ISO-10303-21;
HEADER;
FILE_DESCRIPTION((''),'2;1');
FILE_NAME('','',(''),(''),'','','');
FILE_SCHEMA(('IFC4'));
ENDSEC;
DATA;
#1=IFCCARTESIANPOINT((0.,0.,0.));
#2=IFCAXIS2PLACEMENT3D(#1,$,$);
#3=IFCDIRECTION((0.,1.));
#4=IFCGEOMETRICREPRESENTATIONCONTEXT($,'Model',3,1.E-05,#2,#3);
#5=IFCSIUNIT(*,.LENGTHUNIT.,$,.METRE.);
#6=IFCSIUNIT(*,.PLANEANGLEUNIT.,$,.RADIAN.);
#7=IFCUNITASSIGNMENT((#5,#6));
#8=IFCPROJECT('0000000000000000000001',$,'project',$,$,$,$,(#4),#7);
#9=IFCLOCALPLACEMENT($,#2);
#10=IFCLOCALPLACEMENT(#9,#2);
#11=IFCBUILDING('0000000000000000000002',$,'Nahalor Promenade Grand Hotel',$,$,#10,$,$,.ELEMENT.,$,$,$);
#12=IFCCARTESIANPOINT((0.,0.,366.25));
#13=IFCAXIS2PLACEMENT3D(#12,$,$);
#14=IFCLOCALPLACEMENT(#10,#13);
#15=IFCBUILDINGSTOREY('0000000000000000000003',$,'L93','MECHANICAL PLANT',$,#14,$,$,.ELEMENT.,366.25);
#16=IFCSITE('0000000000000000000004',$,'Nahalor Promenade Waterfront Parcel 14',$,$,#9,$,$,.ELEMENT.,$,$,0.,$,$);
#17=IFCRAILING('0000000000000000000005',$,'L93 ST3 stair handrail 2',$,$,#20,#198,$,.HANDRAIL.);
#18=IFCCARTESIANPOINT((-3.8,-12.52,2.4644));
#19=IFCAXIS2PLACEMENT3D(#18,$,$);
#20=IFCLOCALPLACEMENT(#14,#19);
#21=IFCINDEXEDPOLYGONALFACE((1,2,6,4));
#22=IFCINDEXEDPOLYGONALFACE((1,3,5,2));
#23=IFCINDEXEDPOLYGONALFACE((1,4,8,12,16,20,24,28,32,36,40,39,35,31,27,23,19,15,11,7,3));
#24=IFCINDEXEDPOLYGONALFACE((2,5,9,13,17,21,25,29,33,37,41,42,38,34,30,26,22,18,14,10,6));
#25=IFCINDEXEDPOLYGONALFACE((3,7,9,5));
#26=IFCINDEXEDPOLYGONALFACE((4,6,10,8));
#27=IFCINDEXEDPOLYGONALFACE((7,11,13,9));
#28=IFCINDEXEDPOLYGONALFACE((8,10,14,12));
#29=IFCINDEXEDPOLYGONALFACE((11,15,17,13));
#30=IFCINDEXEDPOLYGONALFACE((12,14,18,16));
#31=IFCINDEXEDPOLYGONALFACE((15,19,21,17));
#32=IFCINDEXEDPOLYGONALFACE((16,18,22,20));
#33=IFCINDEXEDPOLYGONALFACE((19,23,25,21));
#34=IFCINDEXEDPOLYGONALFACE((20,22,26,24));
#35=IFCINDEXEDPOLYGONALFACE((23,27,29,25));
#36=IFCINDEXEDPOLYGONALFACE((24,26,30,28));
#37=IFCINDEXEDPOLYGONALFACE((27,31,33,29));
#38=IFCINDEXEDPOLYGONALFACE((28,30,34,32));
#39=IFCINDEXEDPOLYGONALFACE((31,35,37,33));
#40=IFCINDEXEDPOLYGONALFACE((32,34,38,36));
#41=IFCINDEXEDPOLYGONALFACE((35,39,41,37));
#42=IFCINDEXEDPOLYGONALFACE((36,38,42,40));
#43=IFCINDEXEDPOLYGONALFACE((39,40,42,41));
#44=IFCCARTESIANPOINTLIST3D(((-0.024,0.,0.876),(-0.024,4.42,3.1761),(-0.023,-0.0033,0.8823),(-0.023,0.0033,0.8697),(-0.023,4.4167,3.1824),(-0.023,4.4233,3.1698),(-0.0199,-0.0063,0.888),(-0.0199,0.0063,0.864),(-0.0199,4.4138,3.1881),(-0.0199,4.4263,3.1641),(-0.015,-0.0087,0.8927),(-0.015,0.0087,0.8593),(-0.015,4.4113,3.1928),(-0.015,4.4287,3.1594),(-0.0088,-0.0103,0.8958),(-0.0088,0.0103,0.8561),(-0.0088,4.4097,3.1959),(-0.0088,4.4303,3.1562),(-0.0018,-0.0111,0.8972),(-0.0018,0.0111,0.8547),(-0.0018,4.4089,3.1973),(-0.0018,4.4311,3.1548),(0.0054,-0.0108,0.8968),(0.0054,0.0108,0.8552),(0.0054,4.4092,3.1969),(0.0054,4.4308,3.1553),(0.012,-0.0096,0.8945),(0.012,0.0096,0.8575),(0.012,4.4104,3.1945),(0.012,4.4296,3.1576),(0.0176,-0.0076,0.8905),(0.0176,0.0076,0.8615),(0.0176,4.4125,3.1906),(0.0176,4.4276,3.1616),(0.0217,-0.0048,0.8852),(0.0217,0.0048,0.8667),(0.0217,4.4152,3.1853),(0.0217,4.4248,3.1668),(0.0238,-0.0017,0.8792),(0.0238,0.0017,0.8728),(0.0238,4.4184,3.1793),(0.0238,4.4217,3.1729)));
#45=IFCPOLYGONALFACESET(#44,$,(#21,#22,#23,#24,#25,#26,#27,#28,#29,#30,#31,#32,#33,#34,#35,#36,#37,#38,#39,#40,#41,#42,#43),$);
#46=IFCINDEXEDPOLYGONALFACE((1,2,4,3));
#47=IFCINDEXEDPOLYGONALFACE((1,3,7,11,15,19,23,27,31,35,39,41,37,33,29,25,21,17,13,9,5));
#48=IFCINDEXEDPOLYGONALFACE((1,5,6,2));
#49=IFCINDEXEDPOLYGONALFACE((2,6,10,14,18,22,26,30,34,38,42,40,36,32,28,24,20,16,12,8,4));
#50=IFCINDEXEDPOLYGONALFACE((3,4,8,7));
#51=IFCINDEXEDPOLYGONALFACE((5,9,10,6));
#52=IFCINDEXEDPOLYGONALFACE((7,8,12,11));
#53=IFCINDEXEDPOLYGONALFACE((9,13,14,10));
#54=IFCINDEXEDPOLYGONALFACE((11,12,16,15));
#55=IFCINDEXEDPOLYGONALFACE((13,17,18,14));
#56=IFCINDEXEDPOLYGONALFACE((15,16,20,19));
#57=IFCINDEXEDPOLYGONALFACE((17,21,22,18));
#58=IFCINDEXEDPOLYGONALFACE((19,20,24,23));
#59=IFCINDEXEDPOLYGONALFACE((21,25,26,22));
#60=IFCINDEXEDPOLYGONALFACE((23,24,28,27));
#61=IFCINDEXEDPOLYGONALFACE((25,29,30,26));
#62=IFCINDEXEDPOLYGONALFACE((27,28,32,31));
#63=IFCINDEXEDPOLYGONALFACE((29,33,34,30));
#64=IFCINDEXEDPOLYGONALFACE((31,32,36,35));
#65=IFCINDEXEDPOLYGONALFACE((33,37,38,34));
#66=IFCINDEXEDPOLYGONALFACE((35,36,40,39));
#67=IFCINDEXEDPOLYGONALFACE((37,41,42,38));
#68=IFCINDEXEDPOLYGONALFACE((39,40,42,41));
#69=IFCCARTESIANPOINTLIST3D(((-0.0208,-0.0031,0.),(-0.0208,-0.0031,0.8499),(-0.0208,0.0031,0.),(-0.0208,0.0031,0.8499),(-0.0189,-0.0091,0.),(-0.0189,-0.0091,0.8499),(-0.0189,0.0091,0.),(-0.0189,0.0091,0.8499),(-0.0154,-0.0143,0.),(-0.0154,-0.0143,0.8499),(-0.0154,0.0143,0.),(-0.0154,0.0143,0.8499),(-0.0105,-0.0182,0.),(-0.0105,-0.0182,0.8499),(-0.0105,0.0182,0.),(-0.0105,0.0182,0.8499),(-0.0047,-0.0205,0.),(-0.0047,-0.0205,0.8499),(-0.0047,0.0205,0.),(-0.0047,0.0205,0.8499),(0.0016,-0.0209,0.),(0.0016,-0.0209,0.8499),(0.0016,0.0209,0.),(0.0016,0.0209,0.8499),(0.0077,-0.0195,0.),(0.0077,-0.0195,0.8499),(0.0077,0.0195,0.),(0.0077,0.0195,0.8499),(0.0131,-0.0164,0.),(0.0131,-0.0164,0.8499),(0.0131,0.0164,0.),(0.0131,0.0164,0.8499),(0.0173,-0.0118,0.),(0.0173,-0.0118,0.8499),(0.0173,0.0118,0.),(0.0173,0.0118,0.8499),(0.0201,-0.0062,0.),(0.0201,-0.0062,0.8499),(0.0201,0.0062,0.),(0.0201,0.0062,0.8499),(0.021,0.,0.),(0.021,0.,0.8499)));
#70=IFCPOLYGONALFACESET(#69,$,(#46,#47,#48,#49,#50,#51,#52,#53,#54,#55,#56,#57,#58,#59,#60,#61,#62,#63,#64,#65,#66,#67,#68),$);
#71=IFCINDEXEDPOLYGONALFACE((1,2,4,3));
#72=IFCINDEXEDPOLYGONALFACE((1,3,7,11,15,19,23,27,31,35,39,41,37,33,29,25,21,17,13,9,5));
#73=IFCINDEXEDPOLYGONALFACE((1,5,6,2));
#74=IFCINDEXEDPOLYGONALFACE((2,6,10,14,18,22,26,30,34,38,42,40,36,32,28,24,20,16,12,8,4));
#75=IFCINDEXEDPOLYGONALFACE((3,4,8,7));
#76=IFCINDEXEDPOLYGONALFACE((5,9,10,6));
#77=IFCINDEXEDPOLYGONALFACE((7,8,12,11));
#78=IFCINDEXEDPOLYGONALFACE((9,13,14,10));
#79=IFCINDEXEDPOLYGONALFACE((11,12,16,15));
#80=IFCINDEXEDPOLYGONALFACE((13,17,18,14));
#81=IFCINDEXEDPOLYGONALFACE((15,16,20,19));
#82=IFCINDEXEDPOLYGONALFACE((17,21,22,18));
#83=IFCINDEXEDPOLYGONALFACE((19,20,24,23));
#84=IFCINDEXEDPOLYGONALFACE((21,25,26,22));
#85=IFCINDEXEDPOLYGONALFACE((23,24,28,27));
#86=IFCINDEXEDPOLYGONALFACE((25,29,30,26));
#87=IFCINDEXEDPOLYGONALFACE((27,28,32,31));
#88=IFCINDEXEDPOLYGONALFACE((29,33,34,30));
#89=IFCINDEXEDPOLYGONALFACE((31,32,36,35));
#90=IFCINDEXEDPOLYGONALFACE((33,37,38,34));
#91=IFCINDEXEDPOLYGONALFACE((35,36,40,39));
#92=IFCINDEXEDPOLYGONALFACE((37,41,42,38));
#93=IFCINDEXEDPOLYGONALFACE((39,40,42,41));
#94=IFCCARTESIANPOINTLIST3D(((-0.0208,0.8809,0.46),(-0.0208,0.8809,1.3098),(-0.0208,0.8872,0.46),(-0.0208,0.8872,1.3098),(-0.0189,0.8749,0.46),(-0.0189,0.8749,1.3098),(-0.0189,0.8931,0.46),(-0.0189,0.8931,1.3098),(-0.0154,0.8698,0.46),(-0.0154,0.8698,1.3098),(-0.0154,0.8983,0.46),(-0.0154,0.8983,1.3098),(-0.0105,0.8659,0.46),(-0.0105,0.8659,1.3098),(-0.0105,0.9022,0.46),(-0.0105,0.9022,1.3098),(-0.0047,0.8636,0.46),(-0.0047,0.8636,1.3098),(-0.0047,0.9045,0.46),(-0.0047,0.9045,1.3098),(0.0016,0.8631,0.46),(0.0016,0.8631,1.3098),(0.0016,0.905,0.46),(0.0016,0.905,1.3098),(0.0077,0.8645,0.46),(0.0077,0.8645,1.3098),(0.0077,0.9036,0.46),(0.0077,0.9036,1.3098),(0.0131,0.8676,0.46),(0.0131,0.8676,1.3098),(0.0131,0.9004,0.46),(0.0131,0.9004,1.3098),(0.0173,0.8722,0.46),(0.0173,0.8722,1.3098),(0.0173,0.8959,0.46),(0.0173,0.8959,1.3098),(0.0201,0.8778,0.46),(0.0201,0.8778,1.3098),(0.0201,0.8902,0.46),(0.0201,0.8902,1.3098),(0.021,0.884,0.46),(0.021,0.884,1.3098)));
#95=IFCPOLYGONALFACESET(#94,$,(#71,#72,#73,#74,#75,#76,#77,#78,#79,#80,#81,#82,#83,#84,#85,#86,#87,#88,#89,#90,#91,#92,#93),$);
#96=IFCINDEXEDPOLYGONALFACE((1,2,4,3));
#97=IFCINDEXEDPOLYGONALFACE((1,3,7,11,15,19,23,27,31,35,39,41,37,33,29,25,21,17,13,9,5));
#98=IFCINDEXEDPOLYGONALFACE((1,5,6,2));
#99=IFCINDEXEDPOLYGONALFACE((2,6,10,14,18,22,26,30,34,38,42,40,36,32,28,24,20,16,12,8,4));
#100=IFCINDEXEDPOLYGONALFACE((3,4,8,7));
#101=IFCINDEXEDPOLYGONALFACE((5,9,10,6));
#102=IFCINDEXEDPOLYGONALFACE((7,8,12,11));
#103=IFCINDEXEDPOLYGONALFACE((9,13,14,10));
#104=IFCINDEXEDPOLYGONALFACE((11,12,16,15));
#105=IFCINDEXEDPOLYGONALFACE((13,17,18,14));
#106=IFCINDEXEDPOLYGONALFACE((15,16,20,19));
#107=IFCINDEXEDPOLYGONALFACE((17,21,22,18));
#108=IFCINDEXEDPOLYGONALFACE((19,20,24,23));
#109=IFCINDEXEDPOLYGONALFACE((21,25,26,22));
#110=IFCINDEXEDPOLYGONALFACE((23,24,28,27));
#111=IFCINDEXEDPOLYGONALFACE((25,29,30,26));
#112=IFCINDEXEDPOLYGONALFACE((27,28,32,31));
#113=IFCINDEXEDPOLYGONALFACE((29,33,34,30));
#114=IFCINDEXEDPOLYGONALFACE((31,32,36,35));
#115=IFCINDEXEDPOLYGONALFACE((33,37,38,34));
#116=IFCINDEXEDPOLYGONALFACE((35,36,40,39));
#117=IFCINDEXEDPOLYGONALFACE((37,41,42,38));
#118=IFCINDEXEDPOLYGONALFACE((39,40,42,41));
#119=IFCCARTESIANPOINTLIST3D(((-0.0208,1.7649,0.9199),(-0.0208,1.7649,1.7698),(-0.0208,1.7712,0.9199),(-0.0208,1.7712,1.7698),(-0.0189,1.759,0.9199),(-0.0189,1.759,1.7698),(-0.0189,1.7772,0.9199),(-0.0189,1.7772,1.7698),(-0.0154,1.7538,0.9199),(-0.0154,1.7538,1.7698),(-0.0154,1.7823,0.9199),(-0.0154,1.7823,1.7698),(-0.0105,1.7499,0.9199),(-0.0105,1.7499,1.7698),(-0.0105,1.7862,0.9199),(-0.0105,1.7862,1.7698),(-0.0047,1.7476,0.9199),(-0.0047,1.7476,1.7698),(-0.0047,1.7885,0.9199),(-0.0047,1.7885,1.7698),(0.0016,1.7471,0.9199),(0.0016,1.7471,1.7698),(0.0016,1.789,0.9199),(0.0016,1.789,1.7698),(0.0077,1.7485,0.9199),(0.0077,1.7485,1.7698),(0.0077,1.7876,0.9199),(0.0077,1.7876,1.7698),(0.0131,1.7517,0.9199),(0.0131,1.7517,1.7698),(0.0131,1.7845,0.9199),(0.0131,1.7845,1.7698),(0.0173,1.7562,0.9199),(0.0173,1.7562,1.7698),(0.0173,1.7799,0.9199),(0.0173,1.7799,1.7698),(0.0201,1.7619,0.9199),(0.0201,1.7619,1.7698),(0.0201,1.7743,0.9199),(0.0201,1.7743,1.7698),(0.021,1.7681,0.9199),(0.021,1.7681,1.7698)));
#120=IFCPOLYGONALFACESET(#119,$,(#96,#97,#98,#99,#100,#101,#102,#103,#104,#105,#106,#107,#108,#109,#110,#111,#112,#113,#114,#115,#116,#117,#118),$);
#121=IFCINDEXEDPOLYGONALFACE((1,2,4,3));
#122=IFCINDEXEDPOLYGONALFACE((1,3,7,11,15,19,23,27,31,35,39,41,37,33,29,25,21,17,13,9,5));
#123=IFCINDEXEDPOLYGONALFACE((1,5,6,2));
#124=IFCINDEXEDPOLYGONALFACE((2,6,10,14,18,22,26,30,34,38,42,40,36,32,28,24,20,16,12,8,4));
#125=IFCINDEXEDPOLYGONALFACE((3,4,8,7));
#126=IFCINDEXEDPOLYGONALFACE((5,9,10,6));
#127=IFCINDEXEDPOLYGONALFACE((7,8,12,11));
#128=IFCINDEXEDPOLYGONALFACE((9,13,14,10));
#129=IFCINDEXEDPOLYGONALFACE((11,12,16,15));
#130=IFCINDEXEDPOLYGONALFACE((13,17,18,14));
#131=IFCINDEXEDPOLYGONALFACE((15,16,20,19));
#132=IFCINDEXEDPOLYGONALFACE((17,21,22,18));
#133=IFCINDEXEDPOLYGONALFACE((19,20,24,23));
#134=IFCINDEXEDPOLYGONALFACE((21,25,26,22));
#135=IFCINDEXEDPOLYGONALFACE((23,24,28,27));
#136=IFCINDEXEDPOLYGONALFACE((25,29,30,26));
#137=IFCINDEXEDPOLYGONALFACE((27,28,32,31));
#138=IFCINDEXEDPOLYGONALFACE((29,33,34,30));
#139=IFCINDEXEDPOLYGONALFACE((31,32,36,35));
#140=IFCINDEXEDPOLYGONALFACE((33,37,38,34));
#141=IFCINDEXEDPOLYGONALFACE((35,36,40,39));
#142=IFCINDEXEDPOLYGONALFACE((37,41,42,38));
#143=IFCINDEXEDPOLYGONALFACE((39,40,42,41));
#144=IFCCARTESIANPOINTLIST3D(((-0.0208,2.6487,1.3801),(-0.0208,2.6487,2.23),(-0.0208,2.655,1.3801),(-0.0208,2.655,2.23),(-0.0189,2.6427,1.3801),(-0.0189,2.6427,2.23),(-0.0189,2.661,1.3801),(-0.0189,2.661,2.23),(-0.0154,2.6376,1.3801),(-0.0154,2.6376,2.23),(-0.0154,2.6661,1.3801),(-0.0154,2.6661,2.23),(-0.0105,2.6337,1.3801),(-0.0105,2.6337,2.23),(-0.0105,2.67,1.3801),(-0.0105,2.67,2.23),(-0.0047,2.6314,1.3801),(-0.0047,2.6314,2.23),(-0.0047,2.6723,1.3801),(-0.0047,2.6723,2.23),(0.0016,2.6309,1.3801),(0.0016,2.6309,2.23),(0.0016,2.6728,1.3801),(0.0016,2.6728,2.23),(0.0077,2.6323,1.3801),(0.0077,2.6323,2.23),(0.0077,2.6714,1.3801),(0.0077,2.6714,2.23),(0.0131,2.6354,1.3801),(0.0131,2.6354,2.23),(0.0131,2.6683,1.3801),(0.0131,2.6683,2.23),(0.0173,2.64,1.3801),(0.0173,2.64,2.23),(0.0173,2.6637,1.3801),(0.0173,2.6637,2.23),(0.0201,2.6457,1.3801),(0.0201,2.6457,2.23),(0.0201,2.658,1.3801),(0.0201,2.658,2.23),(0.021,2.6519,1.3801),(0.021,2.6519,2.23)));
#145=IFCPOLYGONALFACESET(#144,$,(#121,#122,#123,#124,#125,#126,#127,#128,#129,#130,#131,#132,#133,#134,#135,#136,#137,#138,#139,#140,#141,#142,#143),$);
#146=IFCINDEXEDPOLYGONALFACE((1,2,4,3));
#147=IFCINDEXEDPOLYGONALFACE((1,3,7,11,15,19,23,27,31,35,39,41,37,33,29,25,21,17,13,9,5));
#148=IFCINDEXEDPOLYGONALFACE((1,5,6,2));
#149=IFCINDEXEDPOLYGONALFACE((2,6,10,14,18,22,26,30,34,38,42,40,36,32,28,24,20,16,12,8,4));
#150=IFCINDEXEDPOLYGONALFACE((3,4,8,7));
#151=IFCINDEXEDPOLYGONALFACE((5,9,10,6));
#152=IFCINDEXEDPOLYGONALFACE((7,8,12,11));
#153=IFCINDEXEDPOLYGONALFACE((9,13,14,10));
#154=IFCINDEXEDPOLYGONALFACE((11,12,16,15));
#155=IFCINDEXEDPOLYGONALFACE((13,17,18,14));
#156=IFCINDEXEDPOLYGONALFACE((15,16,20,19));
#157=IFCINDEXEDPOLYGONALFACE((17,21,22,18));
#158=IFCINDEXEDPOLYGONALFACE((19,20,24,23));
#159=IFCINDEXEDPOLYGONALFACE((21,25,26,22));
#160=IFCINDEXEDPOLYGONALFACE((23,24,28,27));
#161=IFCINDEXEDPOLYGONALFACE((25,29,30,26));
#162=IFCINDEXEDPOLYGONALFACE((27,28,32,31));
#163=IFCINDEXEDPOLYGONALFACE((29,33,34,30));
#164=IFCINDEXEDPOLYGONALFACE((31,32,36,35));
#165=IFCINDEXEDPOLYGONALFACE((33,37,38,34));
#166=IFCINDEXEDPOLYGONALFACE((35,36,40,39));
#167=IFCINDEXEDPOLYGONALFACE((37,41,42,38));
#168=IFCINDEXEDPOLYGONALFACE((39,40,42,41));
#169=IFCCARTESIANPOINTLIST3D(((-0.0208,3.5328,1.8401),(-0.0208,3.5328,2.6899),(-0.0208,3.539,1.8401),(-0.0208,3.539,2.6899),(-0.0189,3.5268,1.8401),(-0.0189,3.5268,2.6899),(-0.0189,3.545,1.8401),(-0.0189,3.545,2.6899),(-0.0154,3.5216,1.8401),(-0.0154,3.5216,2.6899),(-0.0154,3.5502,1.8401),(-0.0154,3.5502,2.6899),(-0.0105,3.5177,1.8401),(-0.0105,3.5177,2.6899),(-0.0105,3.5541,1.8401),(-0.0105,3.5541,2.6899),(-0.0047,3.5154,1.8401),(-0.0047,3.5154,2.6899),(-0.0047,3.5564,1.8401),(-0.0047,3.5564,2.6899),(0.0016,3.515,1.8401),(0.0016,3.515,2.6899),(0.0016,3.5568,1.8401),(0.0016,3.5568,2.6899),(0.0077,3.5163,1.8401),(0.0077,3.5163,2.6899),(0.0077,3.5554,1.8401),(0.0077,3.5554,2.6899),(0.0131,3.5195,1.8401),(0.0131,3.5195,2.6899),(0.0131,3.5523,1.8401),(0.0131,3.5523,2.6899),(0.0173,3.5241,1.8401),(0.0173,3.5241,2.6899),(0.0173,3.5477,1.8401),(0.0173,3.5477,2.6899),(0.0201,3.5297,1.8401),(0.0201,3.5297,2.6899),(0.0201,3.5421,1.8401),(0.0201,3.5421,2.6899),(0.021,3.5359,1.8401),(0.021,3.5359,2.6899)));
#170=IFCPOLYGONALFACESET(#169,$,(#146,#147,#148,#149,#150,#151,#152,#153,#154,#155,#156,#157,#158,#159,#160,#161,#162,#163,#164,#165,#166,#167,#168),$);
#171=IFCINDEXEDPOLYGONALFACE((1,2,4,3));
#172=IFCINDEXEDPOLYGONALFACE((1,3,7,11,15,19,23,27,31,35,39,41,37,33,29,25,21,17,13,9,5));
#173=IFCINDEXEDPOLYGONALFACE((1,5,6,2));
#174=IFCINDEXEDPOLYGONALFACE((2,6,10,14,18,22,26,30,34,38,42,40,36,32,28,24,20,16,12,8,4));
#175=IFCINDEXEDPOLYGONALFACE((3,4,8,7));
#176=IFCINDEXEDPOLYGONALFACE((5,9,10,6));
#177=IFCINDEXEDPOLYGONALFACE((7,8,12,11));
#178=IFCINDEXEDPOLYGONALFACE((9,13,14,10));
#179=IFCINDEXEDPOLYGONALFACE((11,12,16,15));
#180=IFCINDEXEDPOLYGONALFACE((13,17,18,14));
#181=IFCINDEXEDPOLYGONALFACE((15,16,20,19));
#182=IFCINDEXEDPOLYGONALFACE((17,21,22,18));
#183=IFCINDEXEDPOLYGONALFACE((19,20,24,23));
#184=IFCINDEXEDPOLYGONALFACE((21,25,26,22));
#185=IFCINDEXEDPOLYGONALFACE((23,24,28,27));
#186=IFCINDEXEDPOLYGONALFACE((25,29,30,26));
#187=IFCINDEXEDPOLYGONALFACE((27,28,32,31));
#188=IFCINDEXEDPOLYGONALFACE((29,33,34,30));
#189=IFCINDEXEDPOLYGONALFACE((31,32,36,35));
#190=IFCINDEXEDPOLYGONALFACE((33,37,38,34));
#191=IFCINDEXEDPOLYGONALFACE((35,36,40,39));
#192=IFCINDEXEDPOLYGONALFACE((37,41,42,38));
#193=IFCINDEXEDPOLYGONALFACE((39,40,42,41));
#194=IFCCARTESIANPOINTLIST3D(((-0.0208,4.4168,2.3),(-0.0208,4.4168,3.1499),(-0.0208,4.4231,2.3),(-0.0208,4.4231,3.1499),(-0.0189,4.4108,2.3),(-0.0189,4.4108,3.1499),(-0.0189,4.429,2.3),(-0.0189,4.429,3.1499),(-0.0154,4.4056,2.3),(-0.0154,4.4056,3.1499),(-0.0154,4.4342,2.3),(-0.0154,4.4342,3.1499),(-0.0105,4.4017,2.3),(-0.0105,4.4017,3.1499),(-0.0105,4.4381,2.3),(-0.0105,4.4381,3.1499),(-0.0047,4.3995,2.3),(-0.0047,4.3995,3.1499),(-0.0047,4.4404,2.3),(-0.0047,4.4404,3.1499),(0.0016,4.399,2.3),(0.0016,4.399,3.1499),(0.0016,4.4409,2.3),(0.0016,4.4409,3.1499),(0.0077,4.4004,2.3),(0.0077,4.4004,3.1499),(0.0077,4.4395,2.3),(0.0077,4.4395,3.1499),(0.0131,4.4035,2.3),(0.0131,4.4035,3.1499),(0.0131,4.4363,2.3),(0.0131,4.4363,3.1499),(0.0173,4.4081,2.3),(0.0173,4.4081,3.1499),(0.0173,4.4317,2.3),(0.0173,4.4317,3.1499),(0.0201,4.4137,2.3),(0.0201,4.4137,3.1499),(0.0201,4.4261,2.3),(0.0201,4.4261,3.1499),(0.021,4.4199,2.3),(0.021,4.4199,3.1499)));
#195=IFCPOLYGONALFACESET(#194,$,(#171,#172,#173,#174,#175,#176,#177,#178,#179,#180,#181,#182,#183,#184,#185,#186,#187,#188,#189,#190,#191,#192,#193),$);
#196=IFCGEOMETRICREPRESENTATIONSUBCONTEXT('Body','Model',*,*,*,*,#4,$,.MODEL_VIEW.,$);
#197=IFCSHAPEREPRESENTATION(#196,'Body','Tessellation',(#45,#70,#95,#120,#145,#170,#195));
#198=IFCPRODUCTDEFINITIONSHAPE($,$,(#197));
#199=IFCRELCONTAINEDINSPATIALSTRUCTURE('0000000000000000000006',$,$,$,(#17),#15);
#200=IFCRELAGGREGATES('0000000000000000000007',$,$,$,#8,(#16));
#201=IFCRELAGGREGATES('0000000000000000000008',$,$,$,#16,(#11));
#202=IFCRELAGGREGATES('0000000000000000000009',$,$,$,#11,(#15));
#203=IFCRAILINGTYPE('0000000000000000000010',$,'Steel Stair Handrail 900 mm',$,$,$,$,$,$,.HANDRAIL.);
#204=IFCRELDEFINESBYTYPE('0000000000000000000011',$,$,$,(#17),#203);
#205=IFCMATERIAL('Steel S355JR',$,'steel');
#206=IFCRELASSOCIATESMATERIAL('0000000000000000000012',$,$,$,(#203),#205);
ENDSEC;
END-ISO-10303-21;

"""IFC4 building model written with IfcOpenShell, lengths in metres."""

from ifc_helpers import new_model, si_unit, direction, frame, origin, origin_2d, place, context, subcontext, project, spatial, circle, extrude, material, type_object, element, save


model = new_model("IFC4")

# Units and contexts
model_context = context("Model", 3, precision=1e-05, world=origin(), true_north=direction((0.0, 1.0)))
body_context = subcontext(model_context, "Body", "Model", "MODEL_VIEW")
ifc_project = project(units=[si_unit("LENGTHUNIT", "METRE"), si_unit("PLANEANGLEUNIT", "RADIAN")], contexts=[model_context])

# Site, building, storey
site_placement = place(None, origin())
site = spatial("IfcSite", under=ifc_project, at=site_placement, Name="Nahalor Promenade Waterfront Parcel 14", CompositionType="ELEMENT", RefElevation=0.0)
building_placement = place(site_placement, origin())
building = spatial("IfcBuilding", under=site, at=building_placement, Name="Nahalor Promenade Grand Hotel", CompositionType="ELEMENT")
storey_placement = place(building_placement, frame((0.0, 0.0, 366.25)))
storey = spatial("IfcBuildingStorey", under=building, at=storey_placement, Name="L93", Description="MECHANICAL PLANT", CompositionType="ELEMENT", Elevation=366.25)

# Shared definitions
ifc_material_1 = material(Name="Steel S355JR", Category="steel")

# Railing
railing_type_1 = type_object("IfcRailingType", Name="Steel Stair Handrail 900 mm", PredefinedType="HANDRAIL", material=ifc_material_1)
railing_1_placement = place(storey_placement, frame((-3.8, -12.52, 2.4644)))
element("IfcRailing", 1, at=railing_1_placement, inside=storey, type_object=railing_type_1, Name="L93 ST3 stair handrail 2", PredefinedType="HANDRAIL", context=body_context, shape_type="SweptSolid", body=[
    extrude(circle(Radius=0.024, at=origin_2d()), frame((0.0, 0.0, 0.876), z_axis=(0.0, 0.887078, 0.46162), x_axis=(-1.0, 0.0, 0.0)), (0.0, 0.0, 1.0), 4.9827),
    extrude(circle(Radius=0.021, at=origin_2d()), origin(), (0.0, 0.0, 1.0), 0.8499),
    extrude(circle(Radius=0.021, at=origin_2d()), frame((0.0, 0.884, 0.46)), (0.0, 0.0, 1.0), 0.8499),
    extrude(circle(Radius=0.021, at=origin_2d()), frame((0.0, 1.7681, 0.9199)), (0.0, 0.0, 1.0), 0.8499),
    extrude(circle(Radius=0.021, at=origin_2d()), frame((0.0, 2.6519, 1.3801)), (0.0, 0.0, 1.0), 0.8499),
    extrude(circle(Radius=0.021, at=origin_2d()), frame((0.0, 3.5359, 1.8401)), (0.0, 0.0, 1.0), 0.8499),
    extrude(circle(Radius=0.021, at=origin_2d()), frame((0.0, 4.4199, 2.3)), (0.0, 0.0, 1.0), 0.8499),
])

save(model, "model.ifc")
